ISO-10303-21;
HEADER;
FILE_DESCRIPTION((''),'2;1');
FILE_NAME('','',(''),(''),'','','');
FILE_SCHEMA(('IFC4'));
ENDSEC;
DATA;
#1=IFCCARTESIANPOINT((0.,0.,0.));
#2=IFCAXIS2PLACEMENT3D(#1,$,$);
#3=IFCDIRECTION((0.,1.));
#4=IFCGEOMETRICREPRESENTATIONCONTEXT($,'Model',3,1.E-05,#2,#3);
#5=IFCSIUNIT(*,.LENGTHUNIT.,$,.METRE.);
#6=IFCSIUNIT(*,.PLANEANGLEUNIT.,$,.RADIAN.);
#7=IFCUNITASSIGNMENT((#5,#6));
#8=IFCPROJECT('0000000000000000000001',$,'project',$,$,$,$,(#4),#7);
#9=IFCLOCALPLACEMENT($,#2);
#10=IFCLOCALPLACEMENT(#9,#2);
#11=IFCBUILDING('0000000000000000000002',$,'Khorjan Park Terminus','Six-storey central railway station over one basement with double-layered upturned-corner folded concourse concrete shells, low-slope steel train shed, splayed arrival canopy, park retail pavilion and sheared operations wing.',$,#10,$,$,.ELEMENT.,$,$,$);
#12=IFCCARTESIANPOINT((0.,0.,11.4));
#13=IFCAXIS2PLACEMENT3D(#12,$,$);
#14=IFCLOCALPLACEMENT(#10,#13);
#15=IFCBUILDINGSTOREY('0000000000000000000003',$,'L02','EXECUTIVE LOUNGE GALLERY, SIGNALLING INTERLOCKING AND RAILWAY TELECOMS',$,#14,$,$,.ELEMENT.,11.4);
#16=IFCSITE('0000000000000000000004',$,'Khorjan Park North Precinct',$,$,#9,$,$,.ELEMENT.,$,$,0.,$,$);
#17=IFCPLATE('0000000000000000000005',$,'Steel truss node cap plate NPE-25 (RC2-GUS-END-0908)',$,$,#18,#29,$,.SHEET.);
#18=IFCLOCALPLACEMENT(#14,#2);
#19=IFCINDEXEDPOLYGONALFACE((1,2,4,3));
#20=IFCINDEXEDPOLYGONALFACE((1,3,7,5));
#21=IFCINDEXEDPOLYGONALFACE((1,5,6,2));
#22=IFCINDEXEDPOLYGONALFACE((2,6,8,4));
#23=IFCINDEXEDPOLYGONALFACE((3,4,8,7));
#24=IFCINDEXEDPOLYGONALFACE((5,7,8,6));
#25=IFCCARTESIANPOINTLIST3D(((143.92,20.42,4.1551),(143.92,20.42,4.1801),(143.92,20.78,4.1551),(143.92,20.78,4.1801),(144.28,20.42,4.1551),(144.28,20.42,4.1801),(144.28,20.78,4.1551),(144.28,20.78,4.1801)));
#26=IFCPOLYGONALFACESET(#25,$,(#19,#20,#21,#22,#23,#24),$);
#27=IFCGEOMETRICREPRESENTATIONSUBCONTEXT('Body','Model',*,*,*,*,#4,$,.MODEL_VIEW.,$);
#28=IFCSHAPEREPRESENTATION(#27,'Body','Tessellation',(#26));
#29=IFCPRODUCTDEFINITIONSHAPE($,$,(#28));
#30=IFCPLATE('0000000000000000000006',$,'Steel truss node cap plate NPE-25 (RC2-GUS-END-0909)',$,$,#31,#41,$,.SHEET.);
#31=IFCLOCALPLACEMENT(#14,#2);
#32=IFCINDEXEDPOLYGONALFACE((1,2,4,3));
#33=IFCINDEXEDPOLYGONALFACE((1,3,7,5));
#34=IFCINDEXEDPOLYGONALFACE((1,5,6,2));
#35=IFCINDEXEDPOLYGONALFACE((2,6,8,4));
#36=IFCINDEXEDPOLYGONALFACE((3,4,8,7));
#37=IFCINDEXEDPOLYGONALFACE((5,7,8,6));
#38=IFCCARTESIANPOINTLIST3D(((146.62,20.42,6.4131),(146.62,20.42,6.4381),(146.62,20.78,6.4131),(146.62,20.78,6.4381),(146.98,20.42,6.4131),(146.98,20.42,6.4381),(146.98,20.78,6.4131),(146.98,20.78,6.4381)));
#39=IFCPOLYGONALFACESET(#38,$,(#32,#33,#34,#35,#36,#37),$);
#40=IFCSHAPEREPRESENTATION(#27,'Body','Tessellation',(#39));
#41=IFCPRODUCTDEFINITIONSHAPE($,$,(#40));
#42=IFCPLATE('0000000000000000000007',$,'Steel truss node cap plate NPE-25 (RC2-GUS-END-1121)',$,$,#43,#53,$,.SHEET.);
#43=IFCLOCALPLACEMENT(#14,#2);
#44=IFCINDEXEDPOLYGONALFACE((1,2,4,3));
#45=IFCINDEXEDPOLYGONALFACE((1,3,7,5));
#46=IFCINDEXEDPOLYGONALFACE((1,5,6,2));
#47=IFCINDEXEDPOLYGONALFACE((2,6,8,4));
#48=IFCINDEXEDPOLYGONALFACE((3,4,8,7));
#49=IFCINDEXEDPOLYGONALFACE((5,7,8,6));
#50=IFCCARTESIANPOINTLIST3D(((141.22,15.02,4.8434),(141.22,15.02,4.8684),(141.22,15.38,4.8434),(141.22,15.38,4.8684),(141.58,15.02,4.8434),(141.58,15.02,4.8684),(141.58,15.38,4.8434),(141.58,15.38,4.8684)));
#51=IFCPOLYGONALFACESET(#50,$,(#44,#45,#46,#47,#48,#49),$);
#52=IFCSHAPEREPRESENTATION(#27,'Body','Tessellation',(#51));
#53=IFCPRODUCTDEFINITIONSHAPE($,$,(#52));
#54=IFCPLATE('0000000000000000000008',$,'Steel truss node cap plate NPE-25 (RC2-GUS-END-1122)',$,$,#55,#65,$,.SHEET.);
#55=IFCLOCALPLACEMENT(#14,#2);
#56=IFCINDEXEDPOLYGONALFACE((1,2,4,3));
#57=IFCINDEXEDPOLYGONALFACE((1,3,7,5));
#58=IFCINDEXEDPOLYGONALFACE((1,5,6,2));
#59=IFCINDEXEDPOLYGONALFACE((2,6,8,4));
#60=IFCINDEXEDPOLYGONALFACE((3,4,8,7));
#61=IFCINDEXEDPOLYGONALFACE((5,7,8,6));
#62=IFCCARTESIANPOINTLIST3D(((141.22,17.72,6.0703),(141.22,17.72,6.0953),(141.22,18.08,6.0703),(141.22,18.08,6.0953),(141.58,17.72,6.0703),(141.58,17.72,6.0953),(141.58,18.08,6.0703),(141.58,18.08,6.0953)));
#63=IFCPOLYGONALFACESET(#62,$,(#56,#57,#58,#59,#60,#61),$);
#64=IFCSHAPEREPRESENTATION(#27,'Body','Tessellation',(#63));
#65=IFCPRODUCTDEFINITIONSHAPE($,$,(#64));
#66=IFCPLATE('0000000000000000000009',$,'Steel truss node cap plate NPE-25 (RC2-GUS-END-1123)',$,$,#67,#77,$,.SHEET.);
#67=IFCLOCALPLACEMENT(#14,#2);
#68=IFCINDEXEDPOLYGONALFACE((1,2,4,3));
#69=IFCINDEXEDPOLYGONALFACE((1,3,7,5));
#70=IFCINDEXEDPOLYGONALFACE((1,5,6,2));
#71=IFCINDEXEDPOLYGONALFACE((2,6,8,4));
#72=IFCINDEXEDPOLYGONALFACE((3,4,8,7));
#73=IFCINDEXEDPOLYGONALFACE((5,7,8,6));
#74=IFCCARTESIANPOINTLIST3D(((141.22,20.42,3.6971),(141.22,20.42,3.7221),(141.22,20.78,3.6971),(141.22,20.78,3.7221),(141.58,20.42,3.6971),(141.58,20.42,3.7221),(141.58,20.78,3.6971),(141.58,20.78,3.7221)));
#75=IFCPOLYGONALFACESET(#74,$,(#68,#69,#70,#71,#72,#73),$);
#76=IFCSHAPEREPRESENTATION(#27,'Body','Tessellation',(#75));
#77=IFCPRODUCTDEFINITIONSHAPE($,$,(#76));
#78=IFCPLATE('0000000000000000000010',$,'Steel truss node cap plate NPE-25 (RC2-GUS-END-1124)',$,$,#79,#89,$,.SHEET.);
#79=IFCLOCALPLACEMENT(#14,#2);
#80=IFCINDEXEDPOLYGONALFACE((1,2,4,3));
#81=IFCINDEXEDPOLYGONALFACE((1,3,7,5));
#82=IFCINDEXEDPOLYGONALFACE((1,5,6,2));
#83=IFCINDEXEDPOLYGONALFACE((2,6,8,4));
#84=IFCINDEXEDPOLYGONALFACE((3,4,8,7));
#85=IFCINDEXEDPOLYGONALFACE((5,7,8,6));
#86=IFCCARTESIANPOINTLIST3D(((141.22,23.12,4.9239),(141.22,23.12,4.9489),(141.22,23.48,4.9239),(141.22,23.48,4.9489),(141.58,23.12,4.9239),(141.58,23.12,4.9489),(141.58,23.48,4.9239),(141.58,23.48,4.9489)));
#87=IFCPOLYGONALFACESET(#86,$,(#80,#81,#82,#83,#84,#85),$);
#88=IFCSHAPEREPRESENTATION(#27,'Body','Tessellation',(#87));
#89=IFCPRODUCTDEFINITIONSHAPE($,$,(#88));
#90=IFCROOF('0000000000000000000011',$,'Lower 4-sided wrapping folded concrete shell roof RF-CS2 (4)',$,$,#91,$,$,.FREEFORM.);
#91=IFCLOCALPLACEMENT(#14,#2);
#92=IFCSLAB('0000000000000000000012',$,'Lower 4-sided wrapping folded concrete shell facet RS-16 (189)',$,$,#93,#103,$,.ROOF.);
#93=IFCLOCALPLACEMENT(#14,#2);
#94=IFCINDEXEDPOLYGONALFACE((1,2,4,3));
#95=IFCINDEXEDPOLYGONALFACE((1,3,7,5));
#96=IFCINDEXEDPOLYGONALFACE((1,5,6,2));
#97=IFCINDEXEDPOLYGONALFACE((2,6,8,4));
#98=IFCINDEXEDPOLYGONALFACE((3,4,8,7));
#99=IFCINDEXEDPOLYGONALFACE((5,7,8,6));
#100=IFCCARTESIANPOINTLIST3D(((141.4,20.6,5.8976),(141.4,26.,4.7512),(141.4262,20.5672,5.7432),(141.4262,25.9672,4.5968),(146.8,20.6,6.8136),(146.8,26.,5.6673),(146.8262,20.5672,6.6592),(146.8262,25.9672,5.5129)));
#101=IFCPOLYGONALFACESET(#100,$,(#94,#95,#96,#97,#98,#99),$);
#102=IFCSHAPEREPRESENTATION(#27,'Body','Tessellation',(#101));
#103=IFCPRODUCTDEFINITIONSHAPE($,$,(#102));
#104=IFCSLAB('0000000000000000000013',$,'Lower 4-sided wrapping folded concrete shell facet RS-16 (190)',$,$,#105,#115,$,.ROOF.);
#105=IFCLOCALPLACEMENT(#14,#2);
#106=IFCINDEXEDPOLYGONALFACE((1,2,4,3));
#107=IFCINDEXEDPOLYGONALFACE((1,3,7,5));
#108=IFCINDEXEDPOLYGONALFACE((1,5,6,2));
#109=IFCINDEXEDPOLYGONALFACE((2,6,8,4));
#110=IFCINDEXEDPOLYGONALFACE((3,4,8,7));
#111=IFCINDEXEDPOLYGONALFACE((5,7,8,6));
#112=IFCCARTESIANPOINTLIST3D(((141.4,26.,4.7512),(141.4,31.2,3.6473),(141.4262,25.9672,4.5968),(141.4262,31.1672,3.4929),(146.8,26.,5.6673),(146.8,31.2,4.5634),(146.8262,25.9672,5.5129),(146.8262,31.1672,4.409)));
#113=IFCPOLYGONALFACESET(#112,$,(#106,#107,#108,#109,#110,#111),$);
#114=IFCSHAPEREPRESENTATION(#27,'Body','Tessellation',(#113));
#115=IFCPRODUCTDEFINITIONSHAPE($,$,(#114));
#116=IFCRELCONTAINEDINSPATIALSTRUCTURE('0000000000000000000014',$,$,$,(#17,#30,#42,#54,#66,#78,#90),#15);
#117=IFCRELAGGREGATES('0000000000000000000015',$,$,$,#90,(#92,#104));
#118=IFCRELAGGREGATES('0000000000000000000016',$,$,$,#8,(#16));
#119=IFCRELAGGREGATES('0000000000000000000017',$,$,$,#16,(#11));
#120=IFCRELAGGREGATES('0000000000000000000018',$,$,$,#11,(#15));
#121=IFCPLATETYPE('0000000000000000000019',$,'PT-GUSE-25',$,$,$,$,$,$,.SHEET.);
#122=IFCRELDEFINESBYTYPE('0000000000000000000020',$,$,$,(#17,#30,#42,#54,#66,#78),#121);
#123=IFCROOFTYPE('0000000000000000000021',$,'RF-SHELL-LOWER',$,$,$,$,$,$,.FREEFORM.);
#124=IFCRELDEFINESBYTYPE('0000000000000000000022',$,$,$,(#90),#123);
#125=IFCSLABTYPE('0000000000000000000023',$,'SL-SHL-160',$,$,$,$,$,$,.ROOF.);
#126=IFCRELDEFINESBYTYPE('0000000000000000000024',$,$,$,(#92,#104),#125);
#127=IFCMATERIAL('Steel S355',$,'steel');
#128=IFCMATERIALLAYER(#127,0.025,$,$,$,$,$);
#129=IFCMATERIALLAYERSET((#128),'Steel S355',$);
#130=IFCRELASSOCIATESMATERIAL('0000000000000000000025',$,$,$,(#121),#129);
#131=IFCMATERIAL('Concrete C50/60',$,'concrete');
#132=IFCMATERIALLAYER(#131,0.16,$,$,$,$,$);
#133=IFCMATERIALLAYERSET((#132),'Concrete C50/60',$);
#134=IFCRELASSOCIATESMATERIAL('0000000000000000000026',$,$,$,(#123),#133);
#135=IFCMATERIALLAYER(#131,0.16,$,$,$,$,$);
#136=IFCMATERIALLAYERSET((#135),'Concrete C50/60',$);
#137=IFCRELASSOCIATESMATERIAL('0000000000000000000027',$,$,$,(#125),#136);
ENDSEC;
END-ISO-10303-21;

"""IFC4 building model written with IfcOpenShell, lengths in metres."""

from ifc_helpers import new_model, si_unit, direction, frame, origin, origin_2d, place, context, subcontext, project, spatial, polyline, rectangle, outline, extrude, material, layer, layer_set, type_object, element, aggregate, save


model = new_model("IFC4")

# Units and contexts
model_context = context("Model", 3, precision=1e-05, world=origin(), true_north=direction((0.0, 1.0)))
body_context = subcontext(model_context, "Body", "Model", "MODEL_VIEW")
ifc_project = project(units=[si_unit("LENGTHUNIT", "METRE"), si_unit("PLANEANGLEUNIT", "RADIAN")], contexts=[model_context])

# Site, building, storey
site_placement = place(None, origin())
site = spatial("IfcSite", under=ifc_project, at=site_placement, Name="Khorjan Park North Precinct", CompositionType="ELEMENT", RefElevation=0.0)
building_placement = place(site_placement, origin())
building = spatial("IfcBuilding", under=site, at=building_placement, Name="Khorjan Park Terminus", Description="Six-storey central railway station over one basement with double-layered upturned-corner folded concourse concrete shells, low-slope steel train shed, splayed arrival canopy, park retail pavilion and sheared operations wing.", CompositionType="ELEMENT")
storey_placement = place(building_placement, frame((0.0, 0.0, 11.4)))
storey = spatial("IfcBuildingStorey", under=building, at=storey_placement, Name="L02", Description="EXECUTIVE LOUNGE GALLERY, SIGNALLING INTERLOCKING AND RAILWAY TELECOMS", CompositionType="ELEMENT", Elevation=11.4)

# Shared definitions
ifc_material_1 = material(Name="Steel S355", Category="steel")

# Plates
ifc_layer_1 = layer(ifc_material_1, 0.025)
ifc_layer_set_1 = layer_set([ifc_layer_1], Name="Steel S355")
plate_type = type_object("IfcPlateType", Name="PT-GUSE-25", PredefinedType="SHEET", material=ifc_layer_set_1)
for number, where, z_axis, x_axis, name in (
    (1, (144.1, 20.6, 4.1551), (0.0, 0.0, 1.0), (1.0, 0.0, 0.0), "Steel truss node cap plate NPE-25 (RC2-GUS-END-0908)"),
    (2, (146.8, 20.6, 6.4131), (0.0, 0.0, 1.0), (1.0, 0.0, 0.0), "Steel truss node cap plate NPE-25 (RC2-GUS-END-0909)"),
    (3, (141.4, 15.2, 4.8434), (0.0, 0.0, 1.0), (1.0, 0.0, 0.0), "Steel truss node cap plate NPE-25 (RC2-GUS-END-1121)"),
    (4, (141.4, 17.9, 6.0703), (0.0, 0.0, 1.0), (1.0, 0.0, 0.0), "Steel truss node cap plate NPE-25 (RC2-GUS-END-1122)"),
    (5, (141.4, 20.6, 3.6971), (0.0, 0.0, 1.0), (1.0, 0.0, 0.0), "Steel truss node cap plate NPE-25 (RC2-GUS-END-1123)"),
    (6, (141.4, 23.3, 4.9239), (0.0, 0.0, 1.0), (1.0, 0.0, 0.0), "Steel truss node cap plate NPE-25 (RC2-GUS-END-1124)"),
):
    element("IfcPlate", number, at=place(storey_placement, frame(where, z_axis=z_axis, x_axis=x_axis)), inside=storey, type_object=plate_type, Name=name, PredefinedType="SHEET", context=body_context, shape_type="SweptSolid", body=[
        extrude(rectangle(XDim=0.36, YDim=0.36, at=origin_2d()), origin(), (0.0, 0.0, 1.0), 0.025),
    ])

# Roof, slabs
ifc_material_2 = material(Name="Concrete C50/60", Category="concrete")
ifc_layer_2 = layer(ifc_material_2, 0.16)
ifc_layer_set_2 = layer_set([ifc_layer_2], Name="Concrete C50/60")
roof_type = type_object("IfcRoofType", Name="RF-SHELL-LOWER", PredefinedType="FREEFORM", material=ifc_layer_set_2)
roof_placement = place(storey_placement, origin())
roof = element("IfcRoof", 7, at=roof_placement, inside=storey, type_object=roof_type, Name="Lower 4-sided wrapping folded concrete shell roof RF-CS2 (4)", PredefinedType="FREEFORM")
ifc_layer_3 = layer(ifc_material_2, 0.16)
ifc_layer_set_3 = layer_set([ifc_layer_3], Name="Concrete C50/60")
slab_type = type_object("IfcSlabType", Name="SL-SHL-160", PredefinedType="ROOF", material=ifc_layer_set_3)
slab_1_placement = place(storey_placement, frame((141.4, 20.6, 5.8976), z_axis=(-0.163702, 0.204858, 0.965005), x_axis=(0.985915, 0.000002, 0.167249)))
slab_1 = element("IfcSlab", 8, at=slab_1_placement, type_object=slab_type, Name="Lower 4-sided wrapping folded concrete shell facet RS-16 (189)", PredefinedType="ROOF", context=body_context, shape_type="SweptSolid", body=[
    extrude(outline(polyline([(0.0, 0.0), (5.4771, 0.0), (5.2854, 5.517), (-0.1917, 5.517), (0.0, 0.0)])), origin(), (0.0, 0.0, -1.0), 0.16),
])
slab_2_placement = place(storey_placement, frame((141.4, 26.0, 4.7512), z_axis=(-0.163711, 0.204859, 0.965003), x_axis=(0.985913, 0.0, 0.167258)))
slab_2 = element("IfcSlab", 9, at=slab_2_placement, type_object=slab_type, Name="Lower 4-sided wrapping folded concrete shell facet RS-16 (190)", PredefinedType="ROOF", context=body_context, shape_type="SweptSolid", body=[
    extrude(outline(polyline([(0.0, 0.0), (5.4772, 0.0), (5.2925, 5.3127), (-0.1846, 5.3127), (0.0, 0.0)])), origin(), (0.0, 0.0, -1.0), 0.16),
])
aggregate(roof, [slab_1, slab_2])

save(model, "model.ifc")
